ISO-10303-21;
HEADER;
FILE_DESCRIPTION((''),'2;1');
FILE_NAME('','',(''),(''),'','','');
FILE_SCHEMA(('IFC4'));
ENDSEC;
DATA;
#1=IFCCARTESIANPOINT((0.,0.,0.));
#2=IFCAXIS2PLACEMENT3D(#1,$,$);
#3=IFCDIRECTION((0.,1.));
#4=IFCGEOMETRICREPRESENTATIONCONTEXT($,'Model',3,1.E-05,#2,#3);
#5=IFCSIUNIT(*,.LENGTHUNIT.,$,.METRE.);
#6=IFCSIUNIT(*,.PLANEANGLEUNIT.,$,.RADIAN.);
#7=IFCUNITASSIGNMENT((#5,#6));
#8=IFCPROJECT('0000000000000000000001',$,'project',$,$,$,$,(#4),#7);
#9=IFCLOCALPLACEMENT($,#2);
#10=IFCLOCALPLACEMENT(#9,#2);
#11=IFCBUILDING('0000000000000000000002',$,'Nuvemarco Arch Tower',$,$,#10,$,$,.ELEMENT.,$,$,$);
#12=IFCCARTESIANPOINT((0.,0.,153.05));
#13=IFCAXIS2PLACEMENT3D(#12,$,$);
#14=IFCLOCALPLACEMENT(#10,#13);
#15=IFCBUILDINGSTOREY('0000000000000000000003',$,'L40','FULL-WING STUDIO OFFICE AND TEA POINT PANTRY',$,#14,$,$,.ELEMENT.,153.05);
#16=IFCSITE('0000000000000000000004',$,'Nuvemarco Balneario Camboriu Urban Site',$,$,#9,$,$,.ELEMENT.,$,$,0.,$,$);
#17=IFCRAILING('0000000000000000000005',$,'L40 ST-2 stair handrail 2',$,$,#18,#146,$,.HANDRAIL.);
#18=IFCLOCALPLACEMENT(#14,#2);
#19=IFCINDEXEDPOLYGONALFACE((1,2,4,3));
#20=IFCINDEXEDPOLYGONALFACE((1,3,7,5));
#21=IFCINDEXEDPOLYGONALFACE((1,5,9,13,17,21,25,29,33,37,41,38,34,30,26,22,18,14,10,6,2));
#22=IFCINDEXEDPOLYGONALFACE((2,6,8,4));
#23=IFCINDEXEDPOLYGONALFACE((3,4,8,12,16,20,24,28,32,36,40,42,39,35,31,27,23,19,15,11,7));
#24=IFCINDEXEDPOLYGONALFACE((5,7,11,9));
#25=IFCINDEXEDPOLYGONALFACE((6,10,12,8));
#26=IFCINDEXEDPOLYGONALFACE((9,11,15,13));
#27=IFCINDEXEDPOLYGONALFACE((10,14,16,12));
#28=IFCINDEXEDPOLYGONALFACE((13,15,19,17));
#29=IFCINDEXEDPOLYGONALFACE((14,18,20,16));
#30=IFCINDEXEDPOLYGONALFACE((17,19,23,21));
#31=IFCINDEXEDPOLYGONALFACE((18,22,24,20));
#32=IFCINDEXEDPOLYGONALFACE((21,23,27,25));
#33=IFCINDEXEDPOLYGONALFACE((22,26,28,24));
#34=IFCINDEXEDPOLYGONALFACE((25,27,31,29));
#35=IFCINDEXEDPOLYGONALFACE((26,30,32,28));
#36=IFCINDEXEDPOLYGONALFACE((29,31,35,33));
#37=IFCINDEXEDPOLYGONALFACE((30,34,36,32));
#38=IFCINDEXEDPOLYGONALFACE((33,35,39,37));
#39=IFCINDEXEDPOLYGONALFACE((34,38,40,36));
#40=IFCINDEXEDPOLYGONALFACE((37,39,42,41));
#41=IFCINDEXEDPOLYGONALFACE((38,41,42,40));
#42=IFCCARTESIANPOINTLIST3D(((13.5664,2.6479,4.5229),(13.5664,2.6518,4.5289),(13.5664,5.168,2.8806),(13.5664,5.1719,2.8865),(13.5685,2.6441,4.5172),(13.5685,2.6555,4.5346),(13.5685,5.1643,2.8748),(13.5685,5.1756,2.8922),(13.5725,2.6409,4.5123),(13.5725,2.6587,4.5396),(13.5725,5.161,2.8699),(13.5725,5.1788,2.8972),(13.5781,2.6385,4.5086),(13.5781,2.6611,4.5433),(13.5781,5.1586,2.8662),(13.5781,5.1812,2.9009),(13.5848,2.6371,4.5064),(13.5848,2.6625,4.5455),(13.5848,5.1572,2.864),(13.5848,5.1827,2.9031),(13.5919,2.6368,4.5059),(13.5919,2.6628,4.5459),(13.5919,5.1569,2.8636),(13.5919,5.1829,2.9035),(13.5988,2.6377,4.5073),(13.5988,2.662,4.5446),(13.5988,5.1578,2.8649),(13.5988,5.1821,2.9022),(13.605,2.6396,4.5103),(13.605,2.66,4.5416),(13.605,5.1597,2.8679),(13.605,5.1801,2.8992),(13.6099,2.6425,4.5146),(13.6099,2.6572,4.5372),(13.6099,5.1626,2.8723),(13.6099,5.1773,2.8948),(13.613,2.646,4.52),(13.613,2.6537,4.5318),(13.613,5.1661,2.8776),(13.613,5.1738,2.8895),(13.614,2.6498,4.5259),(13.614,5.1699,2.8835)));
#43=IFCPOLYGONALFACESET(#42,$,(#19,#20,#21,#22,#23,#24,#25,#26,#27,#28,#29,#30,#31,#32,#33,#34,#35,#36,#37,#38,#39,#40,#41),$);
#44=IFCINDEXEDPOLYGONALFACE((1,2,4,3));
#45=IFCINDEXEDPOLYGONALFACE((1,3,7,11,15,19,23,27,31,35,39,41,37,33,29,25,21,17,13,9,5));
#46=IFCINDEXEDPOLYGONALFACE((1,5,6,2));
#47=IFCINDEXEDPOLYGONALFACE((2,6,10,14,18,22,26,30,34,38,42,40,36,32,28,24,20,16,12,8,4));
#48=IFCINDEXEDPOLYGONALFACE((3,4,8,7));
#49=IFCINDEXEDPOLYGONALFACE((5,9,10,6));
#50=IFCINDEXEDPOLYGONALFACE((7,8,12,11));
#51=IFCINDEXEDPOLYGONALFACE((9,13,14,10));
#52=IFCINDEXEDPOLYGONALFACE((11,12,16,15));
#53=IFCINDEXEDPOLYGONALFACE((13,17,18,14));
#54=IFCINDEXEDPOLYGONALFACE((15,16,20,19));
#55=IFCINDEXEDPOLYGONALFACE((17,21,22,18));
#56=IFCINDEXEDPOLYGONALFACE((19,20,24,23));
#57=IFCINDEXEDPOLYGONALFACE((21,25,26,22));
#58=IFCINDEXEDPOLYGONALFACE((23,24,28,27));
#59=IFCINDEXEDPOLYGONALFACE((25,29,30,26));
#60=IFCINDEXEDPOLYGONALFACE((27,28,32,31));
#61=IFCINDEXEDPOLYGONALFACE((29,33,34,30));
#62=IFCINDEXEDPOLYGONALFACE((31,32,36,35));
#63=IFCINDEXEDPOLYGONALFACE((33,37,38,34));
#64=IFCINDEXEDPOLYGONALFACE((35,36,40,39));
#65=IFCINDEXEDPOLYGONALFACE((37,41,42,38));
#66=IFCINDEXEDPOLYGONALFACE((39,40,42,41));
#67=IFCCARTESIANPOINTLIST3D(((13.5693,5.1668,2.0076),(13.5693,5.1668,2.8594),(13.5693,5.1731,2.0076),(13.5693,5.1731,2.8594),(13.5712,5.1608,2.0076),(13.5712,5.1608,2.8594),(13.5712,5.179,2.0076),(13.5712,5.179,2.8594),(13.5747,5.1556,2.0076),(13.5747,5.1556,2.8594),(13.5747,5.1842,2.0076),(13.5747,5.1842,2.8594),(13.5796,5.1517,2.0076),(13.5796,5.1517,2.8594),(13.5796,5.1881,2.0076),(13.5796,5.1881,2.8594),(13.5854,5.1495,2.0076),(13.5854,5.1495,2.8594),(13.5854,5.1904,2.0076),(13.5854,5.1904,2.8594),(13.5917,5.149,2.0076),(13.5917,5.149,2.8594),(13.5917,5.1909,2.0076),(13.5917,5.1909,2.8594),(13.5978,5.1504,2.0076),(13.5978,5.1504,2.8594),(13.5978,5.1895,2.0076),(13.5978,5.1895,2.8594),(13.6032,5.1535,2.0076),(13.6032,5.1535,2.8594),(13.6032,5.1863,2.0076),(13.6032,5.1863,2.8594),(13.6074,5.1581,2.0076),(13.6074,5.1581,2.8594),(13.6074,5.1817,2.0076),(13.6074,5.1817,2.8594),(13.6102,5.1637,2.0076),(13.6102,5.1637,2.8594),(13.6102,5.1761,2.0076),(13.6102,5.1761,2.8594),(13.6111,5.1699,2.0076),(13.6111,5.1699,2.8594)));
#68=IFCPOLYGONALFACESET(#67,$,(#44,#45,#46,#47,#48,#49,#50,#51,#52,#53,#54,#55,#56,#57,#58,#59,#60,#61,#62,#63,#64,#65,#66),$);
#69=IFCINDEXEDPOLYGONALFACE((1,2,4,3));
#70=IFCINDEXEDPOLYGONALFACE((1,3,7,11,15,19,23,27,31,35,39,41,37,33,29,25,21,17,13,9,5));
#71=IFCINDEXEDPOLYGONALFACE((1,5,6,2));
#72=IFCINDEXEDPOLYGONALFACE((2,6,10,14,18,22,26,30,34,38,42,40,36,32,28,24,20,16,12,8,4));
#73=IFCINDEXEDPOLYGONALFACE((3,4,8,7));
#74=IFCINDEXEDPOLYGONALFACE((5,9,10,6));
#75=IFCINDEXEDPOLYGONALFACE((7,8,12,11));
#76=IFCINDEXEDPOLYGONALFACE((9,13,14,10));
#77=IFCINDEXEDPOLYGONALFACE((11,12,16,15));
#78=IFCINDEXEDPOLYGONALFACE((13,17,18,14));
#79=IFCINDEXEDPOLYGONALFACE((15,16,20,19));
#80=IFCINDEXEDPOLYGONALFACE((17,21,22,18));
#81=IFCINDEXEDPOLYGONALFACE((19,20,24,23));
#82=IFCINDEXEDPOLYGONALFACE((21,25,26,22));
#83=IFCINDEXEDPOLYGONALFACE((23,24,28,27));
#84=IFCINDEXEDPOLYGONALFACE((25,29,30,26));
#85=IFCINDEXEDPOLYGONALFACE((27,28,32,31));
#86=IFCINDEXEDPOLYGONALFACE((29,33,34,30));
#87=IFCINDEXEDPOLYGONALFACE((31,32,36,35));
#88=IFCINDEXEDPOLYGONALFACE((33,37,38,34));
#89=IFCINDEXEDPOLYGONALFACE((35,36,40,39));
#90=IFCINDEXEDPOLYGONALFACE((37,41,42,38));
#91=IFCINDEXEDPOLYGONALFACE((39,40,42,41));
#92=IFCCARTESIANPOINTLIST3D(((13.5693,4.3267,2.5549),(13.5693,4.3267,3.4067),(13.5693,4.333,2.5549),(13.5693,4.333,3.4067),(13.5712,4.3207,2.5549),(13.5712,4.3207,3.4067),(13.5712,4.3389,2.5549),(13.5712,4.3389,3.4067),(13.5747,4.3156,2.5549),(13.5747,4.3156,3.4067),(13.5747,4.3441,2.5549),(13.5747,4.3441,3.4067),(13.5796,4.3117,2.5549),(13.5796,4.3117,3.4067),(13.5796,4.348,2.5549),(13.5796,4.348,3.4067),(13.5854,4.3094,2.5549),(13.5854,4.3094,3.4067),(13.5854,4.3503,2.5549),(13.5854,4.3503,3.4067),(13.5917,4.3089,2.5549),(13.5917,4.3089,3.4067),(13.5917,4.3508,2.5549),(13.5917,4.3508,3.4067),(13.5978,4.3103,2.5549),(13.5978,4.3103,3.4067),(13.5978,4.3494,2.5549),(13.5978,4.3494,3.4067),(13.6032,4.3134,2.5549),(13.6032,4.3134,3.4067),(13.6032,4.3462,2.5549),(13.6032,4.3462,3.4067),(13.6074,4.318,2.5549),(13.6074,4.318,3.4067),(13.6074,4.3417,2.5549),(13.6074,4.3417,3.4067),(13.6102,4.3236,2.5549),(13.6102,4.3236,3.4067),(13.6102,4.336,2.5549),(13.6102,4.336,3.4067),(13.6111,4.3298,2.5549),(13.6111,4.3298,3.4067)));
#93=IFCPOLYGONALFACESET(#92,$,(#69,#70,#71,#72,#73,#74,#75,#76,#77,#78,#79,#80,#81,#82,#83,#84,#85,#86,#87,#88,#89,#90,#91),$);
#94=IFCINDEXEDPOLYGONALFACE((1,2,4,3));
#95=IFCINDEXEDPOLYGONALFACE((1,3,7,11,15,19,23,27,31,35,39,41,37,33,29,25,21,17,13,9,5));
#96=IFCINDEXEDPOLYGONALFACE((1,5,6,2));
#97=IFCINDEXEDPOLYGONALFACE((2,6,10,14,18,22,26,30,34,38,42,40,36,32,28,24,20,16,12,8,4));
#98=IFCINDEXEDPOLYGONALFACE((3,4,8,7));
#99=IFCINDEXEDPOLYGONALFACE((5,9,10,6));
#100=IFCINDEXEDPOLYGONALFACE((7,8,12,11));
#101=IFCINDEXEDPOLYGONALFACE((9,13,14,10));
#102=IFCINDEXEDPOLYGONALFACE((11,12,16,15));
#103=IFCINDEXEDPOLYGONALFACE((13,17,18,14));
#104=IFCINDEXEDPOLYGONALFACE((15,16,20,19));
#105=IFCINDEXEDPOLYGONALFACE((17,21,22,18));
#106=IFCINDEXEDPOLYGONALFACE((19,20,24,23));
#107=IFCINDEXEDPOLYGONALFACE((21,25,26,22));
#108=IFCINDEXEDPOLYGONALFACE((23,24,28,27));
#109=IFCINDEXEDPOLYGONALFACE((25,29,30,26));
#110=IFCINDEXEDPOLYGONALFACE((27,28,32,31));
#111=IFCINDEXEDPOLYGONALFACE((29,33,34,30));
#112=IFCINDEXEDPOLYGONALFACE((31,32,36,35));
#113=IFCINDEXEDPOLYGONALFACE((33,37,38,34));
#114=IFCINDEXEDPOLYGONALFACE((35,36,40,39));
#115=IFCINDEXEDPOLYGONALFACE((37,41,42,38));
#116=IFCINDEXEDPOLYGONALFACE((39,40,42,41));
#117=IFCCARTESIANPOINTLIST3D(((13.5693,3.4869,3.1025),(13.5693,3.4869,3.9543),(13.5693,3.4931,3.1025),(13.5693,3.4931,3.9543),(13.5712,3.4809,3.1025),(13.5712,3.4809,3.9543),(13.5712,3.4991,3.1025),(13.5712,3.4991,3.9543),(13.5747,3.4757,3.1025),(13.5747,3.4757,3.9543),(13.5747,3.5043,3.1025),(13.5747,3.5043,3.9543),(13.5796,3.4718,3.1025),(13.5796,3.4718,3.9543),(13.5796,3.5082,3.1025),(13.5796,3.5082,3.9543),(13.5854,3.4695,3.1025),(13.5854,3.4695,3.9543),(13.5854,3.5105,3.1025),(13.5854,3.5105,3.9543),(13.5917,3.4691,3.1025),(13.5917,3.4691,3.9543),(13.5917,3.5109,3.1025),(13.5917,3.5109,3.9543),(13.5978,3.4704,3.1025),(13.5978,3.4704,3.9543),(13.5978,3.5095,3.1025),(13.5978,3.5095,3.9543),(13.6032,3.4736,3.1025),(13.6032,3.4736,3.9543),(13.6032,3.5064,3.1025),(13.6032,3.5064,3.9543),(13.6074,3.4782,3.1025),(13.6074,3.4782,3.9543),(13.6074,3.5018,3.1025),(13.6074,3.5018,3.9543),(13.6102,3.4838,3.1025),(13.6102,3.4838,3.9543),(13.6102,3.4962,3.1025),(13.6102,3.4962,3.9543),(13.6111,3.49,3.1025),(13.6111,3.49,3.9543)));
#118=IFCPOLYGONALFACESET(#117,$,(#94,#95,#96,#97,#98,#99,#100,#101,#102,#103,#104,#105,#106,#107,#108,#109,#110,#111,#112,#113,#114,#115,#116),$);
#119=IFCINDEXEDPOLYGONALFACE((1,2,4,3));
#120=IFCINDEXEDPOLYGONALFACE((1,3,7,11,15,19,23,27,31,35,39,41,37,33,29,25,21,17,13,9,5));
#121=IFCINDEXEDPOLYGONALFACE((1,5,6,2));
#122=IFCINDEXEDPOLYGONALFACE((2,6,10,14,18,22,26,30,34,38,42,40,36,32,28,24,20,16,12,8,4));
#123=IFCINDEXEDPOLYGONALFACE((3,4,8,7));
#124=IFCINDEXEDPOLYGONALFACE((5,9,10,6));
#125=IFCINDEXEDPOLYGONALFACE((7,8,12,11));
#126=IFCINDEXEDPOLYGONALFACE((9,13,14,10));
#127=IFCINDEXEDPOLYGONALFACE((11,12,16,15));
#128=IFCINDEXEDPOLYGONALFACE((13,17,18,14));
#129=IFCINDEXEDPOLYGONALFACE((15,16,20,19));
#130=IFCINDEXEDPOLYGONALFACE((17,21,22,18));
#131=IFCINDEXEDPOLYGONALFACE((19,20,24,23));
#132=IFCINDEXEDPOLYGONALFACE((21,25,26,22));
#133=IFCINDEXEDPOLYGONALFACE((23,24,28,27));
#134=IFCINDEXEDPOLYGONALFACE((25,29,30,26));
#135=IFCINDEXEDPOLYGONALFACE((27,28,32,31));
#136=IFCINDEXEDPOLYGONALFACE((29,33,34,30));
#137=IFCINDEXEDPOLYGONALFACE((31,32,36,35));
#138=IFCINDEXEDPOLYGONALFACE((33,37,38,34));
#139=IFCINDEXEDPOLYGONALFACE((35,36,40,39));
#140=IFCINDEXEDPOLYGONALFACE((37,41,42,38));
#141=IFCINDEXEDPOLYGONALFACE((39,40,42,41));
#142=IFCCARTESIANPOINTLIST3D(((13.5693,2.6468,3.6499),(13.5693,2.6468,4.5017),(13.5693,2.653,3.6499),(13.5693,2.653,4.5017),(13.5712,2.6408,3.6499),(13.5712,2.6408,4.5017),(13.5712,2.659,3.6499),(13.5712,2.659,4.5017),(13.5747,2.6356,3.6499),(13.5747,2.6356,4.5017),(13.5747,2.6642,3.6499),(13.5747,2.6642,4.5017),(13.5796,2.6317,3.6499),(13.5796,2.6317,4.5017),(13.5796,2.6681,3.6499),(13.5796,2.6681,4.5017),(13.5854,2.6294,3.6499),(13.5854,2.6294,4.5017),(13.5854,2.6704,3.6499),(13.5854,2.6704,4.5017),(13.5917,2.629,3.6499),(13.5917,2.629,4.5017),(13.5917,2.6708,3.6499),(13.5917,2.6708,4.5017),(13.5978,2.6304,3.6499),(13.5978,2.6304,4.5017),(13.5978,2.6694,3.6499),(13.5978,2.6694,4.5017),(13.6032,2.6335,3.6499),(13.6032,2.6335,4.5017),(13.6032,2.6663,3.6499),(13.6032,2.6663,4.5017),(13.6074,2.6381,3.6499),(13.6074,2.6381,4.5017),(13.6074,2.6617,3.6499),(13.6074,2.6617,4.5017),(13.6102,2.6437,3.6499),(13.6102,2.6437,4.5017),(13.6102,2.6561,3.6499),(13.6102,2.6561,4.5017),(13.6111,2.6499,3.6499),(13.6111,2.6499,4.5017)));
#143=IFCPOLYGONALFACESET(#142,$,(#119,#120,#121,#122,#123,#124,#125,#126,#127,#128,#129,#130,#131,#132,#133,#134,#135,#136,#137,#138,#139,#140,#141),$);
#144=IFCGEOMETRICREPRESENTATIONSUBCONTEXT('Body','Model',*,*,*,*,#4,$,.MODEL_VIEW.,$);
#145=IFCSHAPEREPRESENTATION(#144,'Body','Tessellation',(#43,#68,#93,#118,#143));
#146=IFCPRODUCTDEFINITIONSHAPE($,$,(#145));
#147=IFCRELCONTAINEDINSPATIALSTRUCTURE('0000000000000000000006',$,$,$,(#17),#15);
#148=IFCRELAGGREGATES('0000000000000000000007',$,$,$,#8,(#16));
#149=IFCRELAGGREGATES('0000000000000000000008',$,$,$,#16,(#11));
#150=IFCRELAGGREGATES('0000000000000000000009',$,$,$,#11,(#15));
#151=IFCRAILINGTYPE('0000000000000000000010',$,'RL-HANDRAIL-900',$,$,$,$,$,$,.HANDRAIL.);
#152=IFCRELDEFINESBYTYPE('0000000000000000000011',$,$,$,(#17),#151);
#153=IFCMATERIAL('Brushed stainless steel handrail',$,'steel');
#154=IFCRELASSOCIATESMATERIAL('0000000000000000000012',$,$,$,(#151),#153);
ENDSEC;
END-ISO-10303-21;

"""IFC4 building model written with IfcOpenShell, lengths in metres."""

from ifc_helpers import new_model, si_unit, direction, frame, origin, origin_2d, place, context, subcontext, project, spatial, circle, extrude, material, type_object, element, save


model = new_model("IFC4")

# Units and contexts
model_context = context("Model", 3, precision=1e-05, world=origin(), true_north=direction((0.0, 1.0)))
body_context = subcontext(model_context, "Body", "Model", "MODEL_VIEW")
ifc_project = project(units=[si_unit("LENGTHUNIT", "METRE"), si_unit("PLANEANGLEUNIT", "RADIAN")], contexts=[model_context])

# Site, building, storey
site_placement = place(None, origin())
site = spatial("IfcSite", under=ifc_project, at=site_placement, Name="Nuvemarco Balneario Camboriu Urban Site", CompositionType="ELEMENT", RefElevation=0.0)
building_placement = place(site_placement, origin())
building = spatial("IfcBuilding", under=site, at=building_placement, Name="Nuvemarco Arch Tower", CompositionType="ELEMENT")
storey_placement = place(building_placement, frame((0.0, 0.0, 153.05)))
storey = spatial("IfcBuildingStorey", under=building, at=storey_placement, Name="L40", Description="FULL-WING STUDIO OFFICE AND TEA POINT PANTRY", CompositionType="ELEMENT", Elevation=153.05)

# Railing
ifc_material_1 = material(Name="Brushed stainless steel handrail", Category="steel")
railing_type_1 = type_object("IfcRailingType", Name="RL-HANDRAIL-900", PredefinedType="HANDRAIL", material=ifc_material_1)
railing_1_placement = place(storey_placement, frame((13.5901, 5.1699, 2.0076)))
element("IfcRailing", 1, at=railing_1_placement, inside=storey, type_object=railing_type_1, Name="L40 ST-2 stair handrail 2", PredefinedType="HANDRAIL", context=body_context, shape_type="SweptSolid", body=[
    extrude(circle(Radius=0.0239, at=origin_2d()), frame((0.0, 0.0, 0.876), z_axis=(0.0, -0.837787, 0.545998), x_axis=(1.0, 0.0, 0.0)), (0.0, 0.0, 1.0), 3.0081),
    extrude(circle(Radius=0.021, at=origin_2d()), origin(), (0.0, 0.0, 1.0), 0.8518),
    extrude(circle(Radius=0.021, at=origin_2d()), frame((0.0, -0.8401, 0.5474)), (0.0, 0.0, 1.0), 0.8518),
    extrude(circle(Radius=0.021, at=origin_2d()), frame((0.0, -1.6799, 1.095)), (0.0, 0.0, 1.0), 0.8518),
    extrude(circle(Radius=0.021, at=origin_2d()), frame((0.0, -2.52, 1.6423)), (0.0, 0.0, 1.0), 0.8518),
])

save(model, "model.ifc")
